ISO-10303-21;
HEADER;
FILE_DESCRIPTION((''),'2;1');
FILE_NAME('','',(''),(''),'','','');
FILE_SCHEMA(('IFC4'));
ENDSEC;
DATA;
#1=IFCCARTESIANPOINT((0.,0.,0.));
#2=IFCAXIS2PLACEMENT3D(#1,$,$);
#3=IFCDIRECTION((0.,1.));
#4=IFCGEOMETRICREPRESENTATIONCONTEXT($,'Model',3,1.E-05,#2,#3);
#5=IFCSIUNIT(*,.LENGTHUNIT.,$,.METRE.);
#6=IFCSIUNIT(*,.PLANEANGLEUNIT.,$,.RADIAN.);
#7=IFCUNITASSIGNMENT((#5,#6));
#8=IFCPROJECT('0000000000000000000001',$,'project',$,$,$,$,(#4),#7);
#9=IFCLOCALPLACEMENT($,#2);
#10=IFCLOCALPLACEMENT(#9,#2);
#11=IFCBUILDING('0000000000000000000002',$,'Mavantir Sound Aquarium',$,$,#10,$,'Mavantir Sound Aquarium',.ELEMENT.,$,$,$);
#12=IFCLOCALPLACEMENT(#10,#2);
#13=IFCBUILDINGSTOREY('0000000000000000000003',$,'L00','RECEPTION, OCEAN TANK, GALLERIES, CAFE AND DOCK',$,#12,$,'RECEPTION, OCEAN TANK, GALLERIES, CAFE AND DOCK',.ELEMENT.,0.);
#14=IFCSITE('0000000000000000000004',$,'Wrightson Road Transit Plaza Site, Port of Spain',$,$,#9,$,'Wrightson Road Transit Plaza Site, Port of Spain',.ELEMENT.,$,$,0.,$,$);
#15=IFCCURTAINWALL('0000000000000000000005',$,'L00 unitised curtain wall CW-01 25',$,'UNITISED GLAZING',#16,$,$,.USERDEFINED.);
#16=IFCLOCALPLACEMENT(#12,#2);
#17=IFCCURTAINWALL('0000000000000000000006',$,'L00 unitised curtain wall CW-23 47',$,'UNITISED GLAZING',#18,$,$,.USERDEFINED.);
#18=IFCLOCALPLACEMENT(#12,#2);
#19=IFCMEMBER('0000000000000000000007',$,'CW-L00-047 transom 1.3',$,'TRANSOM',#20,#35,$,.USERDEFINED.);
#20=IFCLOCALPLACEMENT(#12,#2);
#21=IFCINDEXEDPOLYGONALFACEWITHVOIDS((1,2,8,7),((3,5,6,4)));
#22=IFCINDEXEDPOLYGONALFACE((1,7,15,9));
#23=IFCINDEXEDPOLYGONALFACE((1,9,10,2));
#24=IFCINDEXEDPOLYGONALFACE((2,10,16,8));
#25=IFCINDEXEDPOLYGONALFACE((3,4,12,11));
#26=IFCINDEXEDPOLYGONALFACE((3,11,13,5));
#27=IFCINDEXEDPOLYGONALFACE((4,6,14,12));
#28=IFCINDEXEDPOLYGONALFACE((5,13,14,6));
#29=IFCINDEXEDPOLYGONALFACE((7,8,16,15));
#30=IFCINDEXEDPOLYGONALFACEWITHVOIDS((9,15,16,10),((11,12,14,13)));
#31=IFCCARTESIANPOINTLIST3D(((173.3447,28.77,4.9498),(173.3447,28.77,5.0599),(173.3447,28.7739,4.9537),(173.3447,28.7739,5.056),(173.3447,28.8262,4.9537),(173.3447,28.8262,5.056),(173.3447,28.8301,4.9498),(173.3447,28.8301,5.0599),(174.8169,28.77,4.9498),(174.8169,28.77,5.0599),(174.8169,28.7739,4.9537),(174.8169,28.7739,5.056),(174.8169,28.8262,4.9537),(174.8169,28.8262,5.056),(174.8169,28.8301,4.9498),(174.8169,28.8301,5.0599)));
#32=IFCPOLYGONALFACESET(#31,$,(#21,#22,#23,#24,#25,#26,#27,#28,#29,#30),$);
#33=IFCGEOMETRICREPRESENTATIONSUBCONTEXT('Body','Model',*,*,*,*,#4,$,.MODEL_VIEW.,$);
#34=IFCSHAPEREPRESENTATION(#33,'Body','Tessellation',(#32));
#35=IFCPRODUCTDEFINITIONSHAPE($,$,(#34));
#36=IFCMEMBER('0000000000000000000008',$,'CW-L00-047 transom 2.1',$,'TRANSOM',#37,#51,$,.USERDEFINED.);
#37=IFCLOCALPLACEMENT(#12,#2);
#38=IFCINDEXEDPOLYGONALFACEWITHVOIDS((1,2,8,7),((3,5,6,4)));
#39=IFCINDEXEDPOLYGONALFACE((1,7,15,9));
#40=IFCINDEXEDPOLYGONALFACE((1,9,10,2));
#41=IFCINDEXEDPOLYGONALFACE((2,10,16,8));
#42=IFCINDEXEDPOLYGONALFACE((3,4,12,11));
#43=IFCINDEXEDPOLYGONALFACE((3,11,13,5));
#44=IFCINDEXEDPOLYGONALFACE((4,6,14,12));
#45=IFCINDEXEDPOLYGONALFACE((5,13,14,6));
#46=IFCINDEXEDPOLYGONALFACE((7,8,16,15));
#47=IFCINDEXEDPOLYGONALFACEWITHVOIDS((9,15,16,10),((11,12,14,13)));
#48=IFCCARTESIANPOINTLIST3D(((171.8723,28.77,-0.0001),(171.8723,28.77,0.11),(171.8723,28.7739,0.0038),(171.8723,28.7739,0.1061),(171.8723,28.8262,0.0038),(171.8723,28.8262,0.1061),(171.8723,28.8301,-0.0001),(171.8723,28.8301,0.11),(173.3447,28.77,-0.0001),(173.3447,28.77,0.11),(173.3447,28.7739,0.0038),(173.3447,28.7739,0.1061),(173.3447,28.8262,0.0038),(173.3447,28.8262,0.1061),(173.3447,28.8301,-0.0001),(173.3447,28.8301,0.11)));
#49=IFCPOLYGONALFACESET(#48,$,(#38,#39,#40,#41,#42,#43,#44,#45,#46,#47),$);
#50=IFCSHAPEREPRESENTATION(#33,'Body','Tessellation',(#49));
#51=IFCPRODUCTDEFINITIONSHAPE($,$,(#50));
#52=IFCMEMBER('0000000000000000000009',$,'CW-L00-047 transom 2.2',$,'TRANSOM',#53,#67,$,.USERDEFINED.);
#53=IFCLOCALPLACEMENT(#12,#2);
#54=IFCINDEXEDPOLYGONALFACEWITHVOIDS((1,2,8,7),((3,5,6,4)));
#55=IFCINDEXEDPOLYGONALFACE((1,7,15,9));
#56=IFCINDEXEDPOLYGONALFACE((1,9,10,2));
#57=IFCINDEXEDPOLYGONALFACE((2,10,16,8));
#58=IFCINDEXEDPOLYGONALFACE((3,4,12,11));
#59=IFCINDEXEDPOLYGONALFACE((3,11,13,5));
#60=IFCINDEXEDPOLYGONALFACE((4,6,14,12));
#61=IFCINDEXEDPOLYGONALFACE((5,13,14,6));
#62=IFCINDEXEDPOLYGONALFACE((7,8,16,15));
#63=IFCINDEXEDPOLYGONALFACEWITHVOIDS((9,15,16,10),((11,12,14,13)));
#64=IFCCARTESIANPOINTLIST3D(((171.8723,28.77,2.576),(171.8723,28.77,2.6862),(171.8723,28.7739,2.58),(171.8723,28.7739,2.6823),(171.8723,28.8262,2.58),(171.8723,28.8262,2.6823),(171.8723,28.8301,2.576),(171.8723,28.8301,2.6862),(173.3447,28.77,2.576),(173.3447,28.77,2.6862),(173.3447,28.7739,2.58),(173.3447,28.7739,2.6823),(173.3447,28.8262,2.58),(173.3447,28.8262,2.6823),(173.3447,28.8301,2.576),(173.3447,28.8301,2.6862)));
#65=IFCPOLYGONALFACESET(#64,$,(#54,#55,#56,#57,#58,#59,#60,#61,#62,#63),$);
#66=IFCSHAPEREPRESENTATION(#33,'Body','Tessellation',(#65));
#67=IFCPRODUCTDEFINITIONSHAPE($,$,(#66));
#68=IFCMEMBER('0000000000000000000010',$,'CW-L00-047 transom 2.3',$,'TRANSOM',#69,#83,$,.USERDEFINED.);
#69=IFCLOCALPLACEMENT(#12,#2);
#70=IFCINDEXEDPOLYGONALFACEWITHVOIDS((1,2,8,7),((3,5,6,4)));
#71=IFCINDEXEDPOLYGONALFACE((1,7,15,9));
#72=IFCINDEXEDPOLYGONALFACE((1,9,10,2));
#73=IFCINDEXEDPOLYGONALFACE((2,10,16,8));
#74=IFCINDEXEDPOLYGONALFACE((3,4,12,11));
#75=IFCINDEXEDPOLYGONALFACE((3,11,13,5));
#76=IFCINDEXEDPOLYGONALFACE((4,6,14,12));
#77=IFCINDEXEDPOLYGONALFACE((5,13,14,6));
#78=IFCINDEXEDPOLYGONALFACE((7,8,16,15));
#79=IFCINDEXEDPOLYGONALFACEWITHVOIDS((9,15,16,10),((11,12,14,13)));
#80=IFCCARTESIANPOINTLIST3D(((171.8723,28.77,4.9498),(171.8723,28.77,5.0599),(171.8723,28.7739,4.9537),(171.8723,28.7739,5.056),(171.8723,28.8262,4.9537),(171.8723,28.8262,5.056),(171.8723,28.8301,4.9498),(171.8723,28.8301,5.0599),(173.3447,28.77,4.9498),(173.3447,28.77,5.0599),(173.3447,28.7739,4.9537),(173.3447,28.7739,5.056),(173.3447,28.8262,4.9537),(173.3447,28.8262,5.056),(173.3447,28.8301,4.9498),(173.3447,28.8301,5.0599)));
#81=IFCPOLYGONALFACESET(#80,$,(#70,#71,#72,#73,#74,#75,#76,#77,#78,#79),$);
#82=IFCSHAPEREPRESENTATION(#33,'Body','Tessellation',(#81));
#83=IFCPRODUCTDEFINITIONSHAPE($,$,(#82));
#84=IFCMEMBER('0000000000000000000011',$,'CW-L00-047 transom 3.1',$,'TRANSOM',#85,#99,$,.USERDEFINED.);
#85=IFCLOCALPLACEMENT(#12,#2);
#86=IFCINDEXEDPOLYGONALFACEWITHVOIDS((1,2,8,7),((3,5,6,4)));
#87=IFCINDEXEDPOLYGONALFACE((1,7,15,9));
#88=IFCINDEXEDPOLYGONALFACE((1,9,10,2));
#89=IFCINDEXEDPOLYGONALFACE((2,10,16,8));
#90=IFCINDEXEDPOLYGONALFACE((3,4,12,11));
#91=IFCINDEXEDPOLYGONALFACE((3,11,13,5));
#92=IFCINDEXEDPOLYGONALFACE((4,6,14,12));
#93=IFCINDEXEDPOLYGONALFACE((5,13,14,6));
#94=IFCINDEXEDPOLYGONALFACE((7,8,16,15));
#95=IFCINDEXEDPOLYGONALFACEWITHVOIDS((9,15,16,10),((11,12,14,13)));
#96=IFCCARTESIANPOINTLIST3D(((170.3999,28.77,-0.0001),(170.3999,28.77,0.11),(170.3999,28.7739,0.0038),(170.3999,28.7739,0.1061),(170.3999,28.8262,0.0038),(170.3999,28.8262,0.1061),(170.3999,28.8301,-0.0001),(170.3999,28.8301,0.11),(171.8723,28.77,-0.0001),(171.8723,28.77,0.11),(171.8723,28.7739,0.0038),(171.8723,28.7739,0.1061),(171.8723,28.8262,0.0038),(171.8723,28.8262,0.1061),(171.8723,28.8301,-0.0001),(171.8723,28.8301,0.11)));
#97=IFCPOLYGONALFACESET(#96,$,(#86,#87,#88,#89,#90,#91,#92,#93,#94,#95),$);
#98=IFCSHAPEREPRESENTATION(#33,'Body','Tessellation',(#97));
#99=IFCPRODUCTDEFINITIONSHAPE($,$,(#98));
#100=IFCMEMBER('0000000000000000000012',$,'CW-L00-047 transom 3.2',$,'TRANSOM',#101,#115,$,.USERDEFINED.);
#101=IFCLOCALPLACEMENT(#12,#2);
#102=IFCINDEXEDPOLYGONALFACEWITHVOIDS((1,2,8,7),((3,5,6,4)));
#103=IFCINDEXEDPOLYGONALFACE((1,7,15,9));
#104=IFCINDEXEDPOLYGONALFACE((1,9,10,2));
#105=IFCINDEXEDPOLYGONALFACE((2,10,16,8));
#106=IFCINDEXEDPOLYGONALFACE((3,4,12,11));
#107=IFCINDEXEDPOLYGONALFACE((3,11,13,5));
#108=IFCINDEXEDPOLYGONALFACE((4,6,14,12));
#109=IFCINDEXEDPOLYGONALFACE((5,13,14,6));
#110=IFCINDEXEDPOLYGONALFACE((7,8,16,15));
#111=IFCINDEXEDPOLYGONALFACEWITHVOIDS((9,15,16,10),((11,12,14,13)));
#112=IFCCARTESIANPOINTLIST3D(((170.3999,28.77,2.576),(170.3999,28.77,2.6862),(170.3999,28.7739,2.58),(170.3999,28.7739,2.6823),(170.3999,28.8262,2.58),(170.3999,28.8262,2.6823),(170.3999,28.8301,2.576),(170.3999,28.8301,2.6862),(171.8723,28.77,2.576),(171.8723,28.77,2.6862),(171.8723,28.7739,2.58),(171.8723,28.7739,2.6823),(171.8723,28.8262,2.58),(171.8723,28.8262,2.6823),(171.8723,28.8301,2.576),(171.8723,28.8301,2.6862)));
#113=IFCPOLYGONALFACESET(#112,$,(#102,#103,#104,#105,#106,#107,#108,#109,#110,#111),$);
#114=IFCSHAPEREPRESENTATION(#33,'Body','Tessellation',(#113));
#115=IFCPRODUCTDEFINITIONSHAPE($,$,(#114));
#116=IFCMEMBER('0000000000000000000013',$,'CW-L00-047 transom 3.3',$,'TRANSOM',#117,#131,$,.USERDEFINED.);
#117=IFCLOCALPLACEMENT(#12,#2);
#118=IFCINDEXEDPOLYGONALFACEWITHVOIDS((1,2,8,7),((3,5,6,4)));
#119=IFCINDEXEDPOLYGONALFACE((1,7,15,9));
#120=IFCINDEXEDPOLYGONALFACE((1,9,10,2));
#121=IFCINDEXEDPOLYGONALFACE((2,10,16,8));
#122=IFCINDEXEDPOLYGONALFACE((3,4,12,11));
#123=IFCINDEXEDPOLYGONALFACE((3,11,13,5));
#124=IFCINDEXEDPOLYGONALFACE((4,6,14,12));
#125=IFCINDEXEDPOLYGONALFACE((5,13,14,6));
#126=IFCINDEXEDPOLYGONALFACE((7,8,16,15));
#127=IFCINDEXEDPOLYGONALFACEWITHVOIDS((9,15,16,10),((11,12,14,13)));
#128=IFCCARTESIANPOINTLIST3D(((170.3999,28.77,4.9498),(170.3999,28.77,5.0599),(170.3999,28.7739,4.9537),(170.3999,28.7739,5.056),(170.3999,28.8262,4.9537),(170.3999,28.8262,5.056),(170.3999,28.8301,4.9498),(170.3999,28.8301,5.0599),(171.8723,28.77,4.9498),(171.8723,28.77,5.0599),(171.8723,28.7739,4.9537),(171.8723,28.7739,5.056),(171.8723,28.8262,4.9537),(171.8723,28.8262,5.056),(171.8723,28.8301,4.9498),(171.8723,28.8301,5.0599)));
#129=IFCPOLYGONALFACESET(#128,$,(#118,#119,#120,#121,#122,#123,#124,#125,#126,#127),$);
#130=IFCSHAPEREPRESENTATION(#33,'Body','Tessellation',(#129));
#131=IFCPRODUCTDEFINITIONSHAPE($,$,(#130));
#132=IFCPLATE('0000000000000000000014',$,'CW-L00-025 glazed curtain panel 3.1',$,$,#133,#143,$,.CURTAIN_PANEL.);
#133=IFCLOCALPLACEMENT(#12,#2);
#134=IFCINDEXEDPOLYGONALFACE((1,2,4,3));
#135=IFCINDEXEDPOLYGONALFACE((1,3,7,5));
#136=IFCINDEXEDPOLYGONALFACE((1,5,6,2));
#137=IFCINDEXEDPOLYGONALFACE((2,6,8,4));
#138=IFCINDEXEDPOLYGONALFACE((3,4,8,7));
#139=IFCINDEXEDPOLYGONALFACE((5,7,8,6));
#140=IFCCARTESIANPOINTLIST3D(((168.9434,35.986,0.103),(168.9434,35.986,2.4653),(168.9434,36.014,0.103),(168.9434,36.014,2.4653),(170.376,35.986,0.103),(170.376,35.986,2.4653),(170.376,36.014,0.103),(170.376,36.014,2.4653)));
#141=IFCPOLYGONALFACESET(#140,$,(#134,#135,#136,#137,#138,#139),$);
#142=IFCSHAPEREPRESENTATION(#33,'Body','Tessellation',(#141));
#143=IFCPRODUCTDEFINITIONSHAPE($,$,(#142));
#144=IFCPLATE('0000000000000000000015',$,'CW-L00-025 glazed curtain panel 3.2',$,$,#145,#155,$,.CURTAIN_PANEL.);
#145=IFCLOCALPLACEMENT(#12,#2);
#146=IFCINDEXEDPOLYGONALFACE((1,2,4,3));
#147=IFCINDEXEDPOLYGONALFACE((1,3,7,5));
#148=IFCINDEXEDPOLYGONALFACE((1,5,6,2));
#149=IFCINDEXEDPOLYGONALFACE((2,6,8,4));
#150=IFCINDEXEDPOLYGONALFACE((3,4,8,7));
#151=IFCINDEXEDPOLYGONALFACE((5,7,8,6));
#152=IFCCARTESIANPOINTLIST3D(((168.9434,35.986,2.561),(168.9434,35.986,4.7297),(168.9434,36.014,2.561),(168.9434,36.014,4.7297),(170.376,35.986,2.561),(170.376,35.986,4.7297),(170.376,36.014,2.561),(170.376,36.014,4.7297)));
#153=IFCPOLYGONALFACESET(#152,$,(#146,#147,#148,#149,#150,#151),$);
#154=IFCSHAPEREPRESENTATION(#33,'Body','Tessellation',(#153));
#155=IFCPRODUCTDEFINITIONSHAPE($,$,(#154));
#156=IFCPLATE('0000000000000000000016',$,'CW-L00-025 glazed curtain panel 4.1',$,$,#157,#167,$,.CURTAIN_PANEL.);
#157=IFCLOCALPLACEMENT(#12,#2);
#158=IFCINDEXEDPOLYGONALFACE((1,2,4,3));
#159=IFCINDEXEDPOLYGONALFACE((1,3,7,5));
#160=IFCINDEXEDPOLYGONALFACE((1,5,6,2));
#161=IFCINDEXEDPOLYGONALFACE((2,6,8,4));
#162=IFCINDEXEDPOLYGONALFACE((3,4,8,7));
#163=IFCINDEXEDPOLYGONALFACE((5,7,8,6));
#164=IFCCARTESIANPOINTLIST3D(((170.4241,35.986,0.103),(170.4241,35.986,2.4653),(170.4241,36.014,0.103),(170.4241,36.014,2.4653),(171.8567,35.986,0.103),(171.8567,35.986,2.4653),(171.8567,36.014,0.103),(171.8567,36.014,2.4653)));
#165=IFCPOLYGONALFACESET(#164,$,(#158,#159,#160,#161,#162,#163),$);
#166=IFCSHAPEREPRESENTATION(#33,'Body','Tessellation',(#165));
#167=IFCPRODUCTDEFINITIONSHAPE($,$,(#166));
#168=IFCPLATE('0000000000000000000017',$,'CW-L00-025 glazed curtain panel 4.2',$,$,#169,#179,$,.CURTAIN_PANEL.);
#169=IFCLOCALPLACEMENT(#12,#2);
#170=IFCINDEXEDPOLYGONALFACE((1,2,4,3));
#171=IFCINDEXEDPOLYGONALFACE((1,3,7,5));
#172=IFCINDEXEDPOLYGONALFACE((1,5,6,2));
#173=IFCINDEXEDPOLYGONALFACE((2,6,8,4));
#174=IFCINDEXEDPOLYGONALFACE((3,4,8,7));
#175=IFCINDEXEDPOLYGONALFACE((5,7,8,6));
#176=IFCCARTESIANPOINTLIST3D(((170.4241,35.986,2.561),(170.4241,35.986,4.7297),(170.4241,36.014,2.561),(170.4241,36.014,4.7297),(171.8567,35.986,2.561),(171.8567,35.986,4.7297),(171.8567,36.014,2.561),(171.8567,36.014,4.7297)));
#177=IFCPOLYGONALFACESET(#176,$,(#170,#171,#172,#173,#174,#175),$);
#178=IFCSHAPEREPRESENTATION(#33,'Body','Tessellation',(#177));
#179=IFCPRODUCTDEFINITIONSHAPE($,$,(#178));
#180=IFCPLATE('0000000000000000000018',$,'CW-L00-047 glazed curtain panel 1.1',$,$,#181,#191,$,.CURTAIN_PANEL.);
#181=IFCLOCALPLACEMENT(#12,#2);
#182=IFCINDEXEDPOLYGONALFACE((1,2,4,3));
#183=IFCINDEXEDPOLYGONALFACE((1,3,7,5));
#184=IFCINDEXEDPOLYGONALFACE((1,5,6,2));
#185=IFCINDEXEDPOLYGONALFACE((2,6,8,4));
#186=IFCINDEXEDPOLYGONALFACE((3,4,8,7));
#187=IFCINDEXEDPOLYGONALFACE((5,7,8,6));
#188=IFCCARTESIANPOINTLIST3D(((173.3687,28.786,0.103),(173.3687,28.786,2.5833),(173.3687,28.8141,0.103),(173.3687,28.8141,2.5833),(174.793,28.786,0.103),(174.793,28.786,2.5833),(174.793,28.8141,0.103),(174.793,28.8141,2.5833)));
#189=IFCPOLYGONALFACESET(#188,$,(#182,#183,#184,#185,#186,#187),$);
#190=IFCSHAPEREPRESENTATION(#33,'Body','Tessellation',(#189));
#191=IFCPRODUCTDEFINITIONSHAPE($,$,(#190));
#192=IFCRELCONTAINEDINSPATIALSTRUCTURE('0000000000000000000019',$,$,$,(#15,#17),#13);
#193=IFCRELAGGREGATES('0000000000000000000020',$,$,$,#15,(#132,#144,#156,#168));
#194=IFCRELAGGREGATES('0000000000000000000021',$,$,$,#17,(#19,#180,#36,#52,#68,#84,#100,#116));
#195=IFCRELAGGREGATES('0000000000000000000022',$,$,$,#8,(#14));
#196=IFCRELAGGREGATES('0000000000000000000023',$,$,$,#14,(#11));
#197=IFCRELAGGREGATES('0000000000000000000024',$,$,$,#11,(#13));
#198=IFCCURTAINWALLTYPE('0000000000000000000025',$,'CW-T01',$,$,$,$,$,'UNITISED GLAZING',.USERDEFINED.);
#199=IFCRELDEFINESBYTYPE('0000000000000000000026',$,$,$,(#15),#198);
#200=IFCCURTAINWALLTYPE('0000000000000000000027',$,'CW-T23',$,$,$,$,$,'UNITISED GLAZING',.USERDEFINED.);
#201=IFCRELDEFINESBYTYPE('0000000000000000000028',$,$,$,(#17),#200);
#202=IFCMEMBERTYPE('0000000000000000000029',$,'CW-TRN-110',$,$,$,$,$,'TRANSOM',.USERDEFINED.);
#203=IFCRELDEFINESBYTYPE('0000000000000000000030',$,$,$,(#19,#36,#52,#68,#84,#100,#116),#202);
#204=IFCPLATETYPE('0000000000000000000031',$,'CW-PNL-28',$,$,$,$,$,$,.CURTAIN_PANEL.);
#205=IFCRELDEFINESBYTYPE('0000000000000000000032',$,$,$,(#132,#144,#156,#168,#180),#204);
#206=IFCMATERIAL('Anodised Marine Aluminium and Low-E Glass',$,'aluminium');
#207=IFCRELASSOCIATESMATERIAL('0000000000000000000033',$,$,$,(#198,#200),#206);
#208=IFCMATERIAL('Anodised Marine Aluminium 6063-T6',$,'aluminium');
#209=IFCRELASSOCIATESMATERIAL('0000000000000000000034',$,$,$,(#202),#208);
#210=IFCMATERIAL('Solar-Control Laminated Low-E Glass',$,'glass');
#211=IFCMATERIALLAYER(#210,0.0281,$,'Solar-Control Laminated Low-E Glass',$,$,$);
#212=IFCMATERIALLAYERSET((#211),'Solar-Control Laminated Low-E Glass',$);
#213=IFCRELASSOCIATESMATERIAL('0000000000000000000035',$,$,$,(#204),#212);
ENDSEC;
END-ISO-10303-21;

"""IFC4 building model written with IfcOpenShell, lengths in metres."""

from ifc_helpers import new_model, si_unit, direction, frame, origin, origin_2d, place, context, subcontext, project, spatial, rectangle, hollow_rectangle, extrude, material, layer, layer_set, material_profile, profile_set, type_object, element, aggregate, save


model = new_model("IFC4")

# Units and contexts
model_context = context("Model", 3, precision=1e-05, world=origin(), true_north=direction((0.0, 1.0)))
body_context = subcontext(model_context, "Body", "Model", "MODEL_VIEW")
ifc_project = project(units=[si_unit("LENGTHUNIT", "METRE"), si_unit("PLANEANGLEUNIT", "RADIAN")], contexts=[model_context])

# Site, building, storey
site_placement = place(None, origin())
site = spatial("IfcSite", under=ifc_project, at=site_placement, Name="Wrightson Road Transit Plaza Site, Port of Spain", LongName="Wrightson Road Transit Plaza Site, Port of Spain", CompositionType="ELEMENT", RefElevation=0.0)
building_placement = place(site_placement, origin())
building = spatial("IfcBuilding", under=site, at=building_placement, Name="Mavantir Sound Aquarium", LongName="Mavantir Sound Aquarium", CompositionType="ELEMENT")
storey_placement = place(building_placement, origin())
storey = spatial("IfcBuildingStorey", under=building, at=storey_placement, Name="L00", Description="RECEPTION, OCEAN TANK, GALLERIES, CAFE AND DOCK", LongName="RECEPTION, OCEAN TANK, GALLERIES, CAFE AND DOCK", CompositionType="ELEMENT", Elevation=0.0)

# Curtain walls
ifc_material_1 = material(Name="Anodised Marine Aluminium and Low-E Glass", Category="aluminium")
curtain_wall_type_1 = type_object("IfcCurtainWallType", Name="CW-T01", ElementType="UNITISED GLAZING", PredefinedType="USERDEFINED", material=ifc_material_1)
curtain_wall_1_placement = place(storey_placement, origin())
curtain_wall_1 = element("IfcCurtainWall", 1, at=curtain_wall_1_placement, inside=storey, type_object=curtain_wall_type_1, Name="L00 unitised curtain wall CW-01 25", ObjectType="UNITISED GLAZING", PredefinedType="USERDEFINED")
ifc_material_2 = material(Name="Anodised Marine Aluminium 6063-T6", Category="aluminium")
curtain_wall_type_2 = type_object("IfcCurtainWallType", Name="CW-T23", ElementType="UNITISED GLAZING", PredefinedType="USERDEFINED", material=ifc_material_1)
curtain_wall_2_placement = place(storey_placement, origin())
curtain_wall_2 = element("IfcCurtainWall", 2, at=curtain_wall_2_placement, inside=storey, type_object=curtain_wall_type_2, Name="L00 unitised curtain wall CW-23 47", ObjectType="UNITISED GLAZING", PredefinedType="USERDEFINED")

# Members
ifc_material_profile_1 = material_profile(ifc_material_2, hollow_rectangle(XDim=0.0601, YDim=0.1101, WallThickness=0.0039, at=origin_2d()), Name="ALU-TRANSOM-110X60")
ifc_profile_set_1 = profile_set([ifc_material_profile_1], Name="Anodised Marine Aluminium 6063-T6")
member_type_1 = type_object("IfcMemberType", Name="CW-TRN-110", ElementType="TRANSOM", PredefinedType="USERDEFINED", material=ifc_profile_set_1)
member_1_placement = place(storey_placement, frame((174.8169, 28.8, 5.0049), z_axis=(-1.0, 0.0, 0.0), x_axis=(0.0, -1.0, 0.0)))
member_1 = element("IfcMember", 3, at=member_1_placement, type_object=member_type_1, Name="CW-L00-047 transom 1.3", ObjectType="TRANSOM", PredefinedType="USERDEFINED", context=body_context, shape_type="SweptSolid", body=[
    extrude(hollow_rectangle(XDim=0.0601, YDim=0.1101, WallThickness=0.0039, at=origin_2d()), origin(), (0.0, 0.0, 1.0), 1.4722),
])
member_2_placement = place(storey_placement, frame((173.3447, 28.8, 0.0549), z_axis=(-1.0, 0.0, 0.0), x_axis=(0.0, -1.0, 0.0)))
member_2 = element("IfcMember", 4, at=member_2_placement, type_object=member_type_1, Name="CW-L00-047 transom 2.1", ObjectType="TRANSOM", PredefinedType="USERDEFINED", context=body_context, shape_type="SweptSolid", body=[
    extrude(hollow_rectangle(XDim=0.0601, YDim=0.1101, WallThickness=0.0039, at=origin_2d()), origin(), (0.0, 0.0, 1.0), 1.4724),
])
member_3_placement = place(storey_placement, frame((173.3447, 28.8, 2.6311), z_axis=(-1.0, 0.0, 0.0), x_axis=(0.0, -1.0, 0.0)))
member_3 = element("IfcMember", 5, at=member_3_placement, type_object=member_type_1, Name="CW-L00-047 transom 2.2", ObjectType="TRANSOM", PredefinedType="USERDEFINED", context=body_context, shape_type="SweptSolid", body=[
    extrude(hollow_rectangle(XDim=0.0601, YDim=0.1101, WallThickness=0.0039, at=origin_2d()), origin(), (0.0, 0.0, 1.0), 1.4724),
])
member_4_placement = place(storey_placement, frame((173.3447, 28.8, 5.0049), z_axis=(-1.0, 0.0, 0.0), x_axis=(0.0, -1.0, 0.0)))
member_4 = element("IfcMember", 6, at=member_4_placement, type_object=member_type_1, Name="CW-L00-047 transom 2.3", ObjectType="TRANSOM", PredefinedType="USERDEFINED", context=body_context, shape_type="SweptSolid", body=[
    extrude(hollow_rectangle(XDim=0.0601, YDim=0.1101, WallThickness=0.0039, at=origin_2d()), origin(), (0.0, 0.0, 1.0), 1.4724),
])
member_5_placement = place(storey_placement, frame((171.8723, 28.8, 0.0549), z_axis=(-1.0, 0.0, 0.0), x_axis=(0.0, -1.0, 0.0)))
member_5 = element("IfcMember", 7, at=member_5_placement, type_object=member_type_1, Name="CW-L00-047 transom 3.1", ObjectType="TRANSOM", PredefinedType="USERDEFINED", context=body_context, shape_type="SweptSolid", body=[
    extrude(hollow_rectangle(XDim=0.0601, YDim=0.1101, WallThickness=0.0039, at=origin_2d()), origin(), (0.0, 0.0, 1.0), 1.4724),
])
member_6_placement = place(storey_placement, frame((171.8723, 28.8, 2.6311), z_axis=(-1.0, 0.0, 0.0), x_axis=(0.0, -1.0, 0.0)))
member_6 = element("IfcMember", 8, at=member_6_placement, type_object=member_type_1, Name="CW-L00-047 transom 3.2", ObjectType="TRANSOM", PredefinedType="USERDEFINED", context=body_context, shape_type="SweptSolid", body=[
    extrude(hollow_rectangle(XDim=0.0601, YDim=0.1101, WallThickness=0.0039, at=origin_2d()), origin(), (0.0, 0.0, 1.0), 1.4724),
])
member_7_placement = place(storey_placement, frame((171.8723, 28.8, 5.0049), z_axis=(-1.0, 0.0, 0.0), x_axis=(0.0, -1.0, 0.0)))
member_7 = element("IfcMember", 9, at=member_7_placement, type_object=member_type_1, Name="CW-L00-047 transom 3.3", ObjectType="TRANSOM", PredefinedType="USERDEFINED", context=body_context, shape_type="SweptSolid", body=[
    extrude(hollow_rectangle(XDim=0.0601, YDim=0.1101, WallThickness=0.0039, at=origin_2d()), origin(), (0.0, 0.0, 1.0), 1.4724),
])

# Plates
ifc_material_3 = material(Name="Solar-Control Laminated Low-E Glass", Category="glass")
ifc_layer = layer(ifc_material_3, 0.0281, Name="Solar-Control Laminated Low-E Glass")
ifc_layer_set = layer_set([ifc_layer], Name="Solar-Control Laminated Low-E Glass")
plate_type = type_object("IfcPlateType", Name="CW-PNL-28", PredefinedType="CURTAIN_PANEL", material=ifc_layer_set)
plate_1_placement = place(storey_placement, frame((169.6597, 36.0, 0.103), z_axis=(0.0, 0.0, 1.0), x_axis=(1.0, 0.0, 0.0)))
plate_1 = element("IfcPlate", 10, at=plate_1_placement, type_object=plate_type, Name="CW-L00-025 glazed curtain panel 3.1", PredefinedType="CURTAIN_PANEL", context=body_context, shape_type="SweptSolid", body=[
    extrude(rectangle(XDim=1.4326, YDim=0.0281, at=origin_2d()), origin(), (0.0, 0.0, 1.0), 2.3623),
])
plate_2_placement = place(storey_placement, frame((169.6597, 36.0, 2.561), z_axis=(0.0, 0.0, 1.0), x_axis=(1.0, 0.0, 0.0)))
plate_2 = element("IfcPlate", 11, at=plate_2_placement, type_object=plate_type, Name="CW-L00-025 glazed curtain panel 3.2", PredefinedType="CURTAIN_PANEL", context=body_context, shape_type="SweptSolid", body=[
    extrude(rectangle(XDim=1.4326, YDim=0.0281, at=origin_2d()), origin(), (0.0, 0.0, 1.0), 2.1687),
])
plate_3_placement = place(storey_placement, frame((171.1404, 36.0, 0.103), z_axis=(0.0, 0.0, 1.0), x_axis=(1.0, 0.0, 0.0)))
plate_3 = element("IfcPlate", 12, at=plate_3_placement, type_object=plate_type, Name="CW-L00-025 glazed curtain panel 4.1", PredefinedType="CURTAIN_PANEL", context=body_context, shape_type="SweptSolid", body=[
    extrude(rectangle(XDim=1.4326, YDim=0.0281, at=origin_2d()), origin(), (0.0, 0.0, 1.0), 2.3623),
])
plate_4_placement = place(storey_placement, frame((171.1404, 36.0, 2.561), z_axis=(0.0, 0.0, 1.0), x_axis=(1.0, 0.0, 0.0)))
plate_4 = element("IfcPlate", 13, at=plate_4_placement, type_object=plate_type, Name="CW-L00-025 glazed curtain panel 4.2", PredefinedType="CURTAIN_PANEL", context=body_context, shape_type="SweptSolid", body=[
    extrude(rectangle(XDim=1.4326, YDim=0.0281, at=origin_2d()), origin(), (0.0, 0.0, 1.0), 2.1687),
])
aggregate(curtain_wall_1, [plate_1, plate_2, plate_3, plate_4])
plate_5_placement = place(storey_placement, frame((174.0808, 28.8, 0.103), z_axis=(0.0, 0.0, 1.0), x_axis=(-1.0, 0.0, 0.0)))
plate_5 = element("IfcPlate", 14, at=plate_5_placement, type_object=plate_type, Name="CW-L00-047 glazed curtain panel 1.1", PredefinedType="CURTAIN_PANEL", context=body_context, shape_type="SweptSolid", body=[
    extrude(rectangle(XDim=1.4243, YDim=0.0281, at=origin_2d()), origin(), (0.0, 0.0, 1.0), 2.4802),
])
aggregate(curtain_wall_2, [member_1, plate_5, member_2, member_3, member_4, member_5, member_6, member_7])

save(model, "model.ifc")
